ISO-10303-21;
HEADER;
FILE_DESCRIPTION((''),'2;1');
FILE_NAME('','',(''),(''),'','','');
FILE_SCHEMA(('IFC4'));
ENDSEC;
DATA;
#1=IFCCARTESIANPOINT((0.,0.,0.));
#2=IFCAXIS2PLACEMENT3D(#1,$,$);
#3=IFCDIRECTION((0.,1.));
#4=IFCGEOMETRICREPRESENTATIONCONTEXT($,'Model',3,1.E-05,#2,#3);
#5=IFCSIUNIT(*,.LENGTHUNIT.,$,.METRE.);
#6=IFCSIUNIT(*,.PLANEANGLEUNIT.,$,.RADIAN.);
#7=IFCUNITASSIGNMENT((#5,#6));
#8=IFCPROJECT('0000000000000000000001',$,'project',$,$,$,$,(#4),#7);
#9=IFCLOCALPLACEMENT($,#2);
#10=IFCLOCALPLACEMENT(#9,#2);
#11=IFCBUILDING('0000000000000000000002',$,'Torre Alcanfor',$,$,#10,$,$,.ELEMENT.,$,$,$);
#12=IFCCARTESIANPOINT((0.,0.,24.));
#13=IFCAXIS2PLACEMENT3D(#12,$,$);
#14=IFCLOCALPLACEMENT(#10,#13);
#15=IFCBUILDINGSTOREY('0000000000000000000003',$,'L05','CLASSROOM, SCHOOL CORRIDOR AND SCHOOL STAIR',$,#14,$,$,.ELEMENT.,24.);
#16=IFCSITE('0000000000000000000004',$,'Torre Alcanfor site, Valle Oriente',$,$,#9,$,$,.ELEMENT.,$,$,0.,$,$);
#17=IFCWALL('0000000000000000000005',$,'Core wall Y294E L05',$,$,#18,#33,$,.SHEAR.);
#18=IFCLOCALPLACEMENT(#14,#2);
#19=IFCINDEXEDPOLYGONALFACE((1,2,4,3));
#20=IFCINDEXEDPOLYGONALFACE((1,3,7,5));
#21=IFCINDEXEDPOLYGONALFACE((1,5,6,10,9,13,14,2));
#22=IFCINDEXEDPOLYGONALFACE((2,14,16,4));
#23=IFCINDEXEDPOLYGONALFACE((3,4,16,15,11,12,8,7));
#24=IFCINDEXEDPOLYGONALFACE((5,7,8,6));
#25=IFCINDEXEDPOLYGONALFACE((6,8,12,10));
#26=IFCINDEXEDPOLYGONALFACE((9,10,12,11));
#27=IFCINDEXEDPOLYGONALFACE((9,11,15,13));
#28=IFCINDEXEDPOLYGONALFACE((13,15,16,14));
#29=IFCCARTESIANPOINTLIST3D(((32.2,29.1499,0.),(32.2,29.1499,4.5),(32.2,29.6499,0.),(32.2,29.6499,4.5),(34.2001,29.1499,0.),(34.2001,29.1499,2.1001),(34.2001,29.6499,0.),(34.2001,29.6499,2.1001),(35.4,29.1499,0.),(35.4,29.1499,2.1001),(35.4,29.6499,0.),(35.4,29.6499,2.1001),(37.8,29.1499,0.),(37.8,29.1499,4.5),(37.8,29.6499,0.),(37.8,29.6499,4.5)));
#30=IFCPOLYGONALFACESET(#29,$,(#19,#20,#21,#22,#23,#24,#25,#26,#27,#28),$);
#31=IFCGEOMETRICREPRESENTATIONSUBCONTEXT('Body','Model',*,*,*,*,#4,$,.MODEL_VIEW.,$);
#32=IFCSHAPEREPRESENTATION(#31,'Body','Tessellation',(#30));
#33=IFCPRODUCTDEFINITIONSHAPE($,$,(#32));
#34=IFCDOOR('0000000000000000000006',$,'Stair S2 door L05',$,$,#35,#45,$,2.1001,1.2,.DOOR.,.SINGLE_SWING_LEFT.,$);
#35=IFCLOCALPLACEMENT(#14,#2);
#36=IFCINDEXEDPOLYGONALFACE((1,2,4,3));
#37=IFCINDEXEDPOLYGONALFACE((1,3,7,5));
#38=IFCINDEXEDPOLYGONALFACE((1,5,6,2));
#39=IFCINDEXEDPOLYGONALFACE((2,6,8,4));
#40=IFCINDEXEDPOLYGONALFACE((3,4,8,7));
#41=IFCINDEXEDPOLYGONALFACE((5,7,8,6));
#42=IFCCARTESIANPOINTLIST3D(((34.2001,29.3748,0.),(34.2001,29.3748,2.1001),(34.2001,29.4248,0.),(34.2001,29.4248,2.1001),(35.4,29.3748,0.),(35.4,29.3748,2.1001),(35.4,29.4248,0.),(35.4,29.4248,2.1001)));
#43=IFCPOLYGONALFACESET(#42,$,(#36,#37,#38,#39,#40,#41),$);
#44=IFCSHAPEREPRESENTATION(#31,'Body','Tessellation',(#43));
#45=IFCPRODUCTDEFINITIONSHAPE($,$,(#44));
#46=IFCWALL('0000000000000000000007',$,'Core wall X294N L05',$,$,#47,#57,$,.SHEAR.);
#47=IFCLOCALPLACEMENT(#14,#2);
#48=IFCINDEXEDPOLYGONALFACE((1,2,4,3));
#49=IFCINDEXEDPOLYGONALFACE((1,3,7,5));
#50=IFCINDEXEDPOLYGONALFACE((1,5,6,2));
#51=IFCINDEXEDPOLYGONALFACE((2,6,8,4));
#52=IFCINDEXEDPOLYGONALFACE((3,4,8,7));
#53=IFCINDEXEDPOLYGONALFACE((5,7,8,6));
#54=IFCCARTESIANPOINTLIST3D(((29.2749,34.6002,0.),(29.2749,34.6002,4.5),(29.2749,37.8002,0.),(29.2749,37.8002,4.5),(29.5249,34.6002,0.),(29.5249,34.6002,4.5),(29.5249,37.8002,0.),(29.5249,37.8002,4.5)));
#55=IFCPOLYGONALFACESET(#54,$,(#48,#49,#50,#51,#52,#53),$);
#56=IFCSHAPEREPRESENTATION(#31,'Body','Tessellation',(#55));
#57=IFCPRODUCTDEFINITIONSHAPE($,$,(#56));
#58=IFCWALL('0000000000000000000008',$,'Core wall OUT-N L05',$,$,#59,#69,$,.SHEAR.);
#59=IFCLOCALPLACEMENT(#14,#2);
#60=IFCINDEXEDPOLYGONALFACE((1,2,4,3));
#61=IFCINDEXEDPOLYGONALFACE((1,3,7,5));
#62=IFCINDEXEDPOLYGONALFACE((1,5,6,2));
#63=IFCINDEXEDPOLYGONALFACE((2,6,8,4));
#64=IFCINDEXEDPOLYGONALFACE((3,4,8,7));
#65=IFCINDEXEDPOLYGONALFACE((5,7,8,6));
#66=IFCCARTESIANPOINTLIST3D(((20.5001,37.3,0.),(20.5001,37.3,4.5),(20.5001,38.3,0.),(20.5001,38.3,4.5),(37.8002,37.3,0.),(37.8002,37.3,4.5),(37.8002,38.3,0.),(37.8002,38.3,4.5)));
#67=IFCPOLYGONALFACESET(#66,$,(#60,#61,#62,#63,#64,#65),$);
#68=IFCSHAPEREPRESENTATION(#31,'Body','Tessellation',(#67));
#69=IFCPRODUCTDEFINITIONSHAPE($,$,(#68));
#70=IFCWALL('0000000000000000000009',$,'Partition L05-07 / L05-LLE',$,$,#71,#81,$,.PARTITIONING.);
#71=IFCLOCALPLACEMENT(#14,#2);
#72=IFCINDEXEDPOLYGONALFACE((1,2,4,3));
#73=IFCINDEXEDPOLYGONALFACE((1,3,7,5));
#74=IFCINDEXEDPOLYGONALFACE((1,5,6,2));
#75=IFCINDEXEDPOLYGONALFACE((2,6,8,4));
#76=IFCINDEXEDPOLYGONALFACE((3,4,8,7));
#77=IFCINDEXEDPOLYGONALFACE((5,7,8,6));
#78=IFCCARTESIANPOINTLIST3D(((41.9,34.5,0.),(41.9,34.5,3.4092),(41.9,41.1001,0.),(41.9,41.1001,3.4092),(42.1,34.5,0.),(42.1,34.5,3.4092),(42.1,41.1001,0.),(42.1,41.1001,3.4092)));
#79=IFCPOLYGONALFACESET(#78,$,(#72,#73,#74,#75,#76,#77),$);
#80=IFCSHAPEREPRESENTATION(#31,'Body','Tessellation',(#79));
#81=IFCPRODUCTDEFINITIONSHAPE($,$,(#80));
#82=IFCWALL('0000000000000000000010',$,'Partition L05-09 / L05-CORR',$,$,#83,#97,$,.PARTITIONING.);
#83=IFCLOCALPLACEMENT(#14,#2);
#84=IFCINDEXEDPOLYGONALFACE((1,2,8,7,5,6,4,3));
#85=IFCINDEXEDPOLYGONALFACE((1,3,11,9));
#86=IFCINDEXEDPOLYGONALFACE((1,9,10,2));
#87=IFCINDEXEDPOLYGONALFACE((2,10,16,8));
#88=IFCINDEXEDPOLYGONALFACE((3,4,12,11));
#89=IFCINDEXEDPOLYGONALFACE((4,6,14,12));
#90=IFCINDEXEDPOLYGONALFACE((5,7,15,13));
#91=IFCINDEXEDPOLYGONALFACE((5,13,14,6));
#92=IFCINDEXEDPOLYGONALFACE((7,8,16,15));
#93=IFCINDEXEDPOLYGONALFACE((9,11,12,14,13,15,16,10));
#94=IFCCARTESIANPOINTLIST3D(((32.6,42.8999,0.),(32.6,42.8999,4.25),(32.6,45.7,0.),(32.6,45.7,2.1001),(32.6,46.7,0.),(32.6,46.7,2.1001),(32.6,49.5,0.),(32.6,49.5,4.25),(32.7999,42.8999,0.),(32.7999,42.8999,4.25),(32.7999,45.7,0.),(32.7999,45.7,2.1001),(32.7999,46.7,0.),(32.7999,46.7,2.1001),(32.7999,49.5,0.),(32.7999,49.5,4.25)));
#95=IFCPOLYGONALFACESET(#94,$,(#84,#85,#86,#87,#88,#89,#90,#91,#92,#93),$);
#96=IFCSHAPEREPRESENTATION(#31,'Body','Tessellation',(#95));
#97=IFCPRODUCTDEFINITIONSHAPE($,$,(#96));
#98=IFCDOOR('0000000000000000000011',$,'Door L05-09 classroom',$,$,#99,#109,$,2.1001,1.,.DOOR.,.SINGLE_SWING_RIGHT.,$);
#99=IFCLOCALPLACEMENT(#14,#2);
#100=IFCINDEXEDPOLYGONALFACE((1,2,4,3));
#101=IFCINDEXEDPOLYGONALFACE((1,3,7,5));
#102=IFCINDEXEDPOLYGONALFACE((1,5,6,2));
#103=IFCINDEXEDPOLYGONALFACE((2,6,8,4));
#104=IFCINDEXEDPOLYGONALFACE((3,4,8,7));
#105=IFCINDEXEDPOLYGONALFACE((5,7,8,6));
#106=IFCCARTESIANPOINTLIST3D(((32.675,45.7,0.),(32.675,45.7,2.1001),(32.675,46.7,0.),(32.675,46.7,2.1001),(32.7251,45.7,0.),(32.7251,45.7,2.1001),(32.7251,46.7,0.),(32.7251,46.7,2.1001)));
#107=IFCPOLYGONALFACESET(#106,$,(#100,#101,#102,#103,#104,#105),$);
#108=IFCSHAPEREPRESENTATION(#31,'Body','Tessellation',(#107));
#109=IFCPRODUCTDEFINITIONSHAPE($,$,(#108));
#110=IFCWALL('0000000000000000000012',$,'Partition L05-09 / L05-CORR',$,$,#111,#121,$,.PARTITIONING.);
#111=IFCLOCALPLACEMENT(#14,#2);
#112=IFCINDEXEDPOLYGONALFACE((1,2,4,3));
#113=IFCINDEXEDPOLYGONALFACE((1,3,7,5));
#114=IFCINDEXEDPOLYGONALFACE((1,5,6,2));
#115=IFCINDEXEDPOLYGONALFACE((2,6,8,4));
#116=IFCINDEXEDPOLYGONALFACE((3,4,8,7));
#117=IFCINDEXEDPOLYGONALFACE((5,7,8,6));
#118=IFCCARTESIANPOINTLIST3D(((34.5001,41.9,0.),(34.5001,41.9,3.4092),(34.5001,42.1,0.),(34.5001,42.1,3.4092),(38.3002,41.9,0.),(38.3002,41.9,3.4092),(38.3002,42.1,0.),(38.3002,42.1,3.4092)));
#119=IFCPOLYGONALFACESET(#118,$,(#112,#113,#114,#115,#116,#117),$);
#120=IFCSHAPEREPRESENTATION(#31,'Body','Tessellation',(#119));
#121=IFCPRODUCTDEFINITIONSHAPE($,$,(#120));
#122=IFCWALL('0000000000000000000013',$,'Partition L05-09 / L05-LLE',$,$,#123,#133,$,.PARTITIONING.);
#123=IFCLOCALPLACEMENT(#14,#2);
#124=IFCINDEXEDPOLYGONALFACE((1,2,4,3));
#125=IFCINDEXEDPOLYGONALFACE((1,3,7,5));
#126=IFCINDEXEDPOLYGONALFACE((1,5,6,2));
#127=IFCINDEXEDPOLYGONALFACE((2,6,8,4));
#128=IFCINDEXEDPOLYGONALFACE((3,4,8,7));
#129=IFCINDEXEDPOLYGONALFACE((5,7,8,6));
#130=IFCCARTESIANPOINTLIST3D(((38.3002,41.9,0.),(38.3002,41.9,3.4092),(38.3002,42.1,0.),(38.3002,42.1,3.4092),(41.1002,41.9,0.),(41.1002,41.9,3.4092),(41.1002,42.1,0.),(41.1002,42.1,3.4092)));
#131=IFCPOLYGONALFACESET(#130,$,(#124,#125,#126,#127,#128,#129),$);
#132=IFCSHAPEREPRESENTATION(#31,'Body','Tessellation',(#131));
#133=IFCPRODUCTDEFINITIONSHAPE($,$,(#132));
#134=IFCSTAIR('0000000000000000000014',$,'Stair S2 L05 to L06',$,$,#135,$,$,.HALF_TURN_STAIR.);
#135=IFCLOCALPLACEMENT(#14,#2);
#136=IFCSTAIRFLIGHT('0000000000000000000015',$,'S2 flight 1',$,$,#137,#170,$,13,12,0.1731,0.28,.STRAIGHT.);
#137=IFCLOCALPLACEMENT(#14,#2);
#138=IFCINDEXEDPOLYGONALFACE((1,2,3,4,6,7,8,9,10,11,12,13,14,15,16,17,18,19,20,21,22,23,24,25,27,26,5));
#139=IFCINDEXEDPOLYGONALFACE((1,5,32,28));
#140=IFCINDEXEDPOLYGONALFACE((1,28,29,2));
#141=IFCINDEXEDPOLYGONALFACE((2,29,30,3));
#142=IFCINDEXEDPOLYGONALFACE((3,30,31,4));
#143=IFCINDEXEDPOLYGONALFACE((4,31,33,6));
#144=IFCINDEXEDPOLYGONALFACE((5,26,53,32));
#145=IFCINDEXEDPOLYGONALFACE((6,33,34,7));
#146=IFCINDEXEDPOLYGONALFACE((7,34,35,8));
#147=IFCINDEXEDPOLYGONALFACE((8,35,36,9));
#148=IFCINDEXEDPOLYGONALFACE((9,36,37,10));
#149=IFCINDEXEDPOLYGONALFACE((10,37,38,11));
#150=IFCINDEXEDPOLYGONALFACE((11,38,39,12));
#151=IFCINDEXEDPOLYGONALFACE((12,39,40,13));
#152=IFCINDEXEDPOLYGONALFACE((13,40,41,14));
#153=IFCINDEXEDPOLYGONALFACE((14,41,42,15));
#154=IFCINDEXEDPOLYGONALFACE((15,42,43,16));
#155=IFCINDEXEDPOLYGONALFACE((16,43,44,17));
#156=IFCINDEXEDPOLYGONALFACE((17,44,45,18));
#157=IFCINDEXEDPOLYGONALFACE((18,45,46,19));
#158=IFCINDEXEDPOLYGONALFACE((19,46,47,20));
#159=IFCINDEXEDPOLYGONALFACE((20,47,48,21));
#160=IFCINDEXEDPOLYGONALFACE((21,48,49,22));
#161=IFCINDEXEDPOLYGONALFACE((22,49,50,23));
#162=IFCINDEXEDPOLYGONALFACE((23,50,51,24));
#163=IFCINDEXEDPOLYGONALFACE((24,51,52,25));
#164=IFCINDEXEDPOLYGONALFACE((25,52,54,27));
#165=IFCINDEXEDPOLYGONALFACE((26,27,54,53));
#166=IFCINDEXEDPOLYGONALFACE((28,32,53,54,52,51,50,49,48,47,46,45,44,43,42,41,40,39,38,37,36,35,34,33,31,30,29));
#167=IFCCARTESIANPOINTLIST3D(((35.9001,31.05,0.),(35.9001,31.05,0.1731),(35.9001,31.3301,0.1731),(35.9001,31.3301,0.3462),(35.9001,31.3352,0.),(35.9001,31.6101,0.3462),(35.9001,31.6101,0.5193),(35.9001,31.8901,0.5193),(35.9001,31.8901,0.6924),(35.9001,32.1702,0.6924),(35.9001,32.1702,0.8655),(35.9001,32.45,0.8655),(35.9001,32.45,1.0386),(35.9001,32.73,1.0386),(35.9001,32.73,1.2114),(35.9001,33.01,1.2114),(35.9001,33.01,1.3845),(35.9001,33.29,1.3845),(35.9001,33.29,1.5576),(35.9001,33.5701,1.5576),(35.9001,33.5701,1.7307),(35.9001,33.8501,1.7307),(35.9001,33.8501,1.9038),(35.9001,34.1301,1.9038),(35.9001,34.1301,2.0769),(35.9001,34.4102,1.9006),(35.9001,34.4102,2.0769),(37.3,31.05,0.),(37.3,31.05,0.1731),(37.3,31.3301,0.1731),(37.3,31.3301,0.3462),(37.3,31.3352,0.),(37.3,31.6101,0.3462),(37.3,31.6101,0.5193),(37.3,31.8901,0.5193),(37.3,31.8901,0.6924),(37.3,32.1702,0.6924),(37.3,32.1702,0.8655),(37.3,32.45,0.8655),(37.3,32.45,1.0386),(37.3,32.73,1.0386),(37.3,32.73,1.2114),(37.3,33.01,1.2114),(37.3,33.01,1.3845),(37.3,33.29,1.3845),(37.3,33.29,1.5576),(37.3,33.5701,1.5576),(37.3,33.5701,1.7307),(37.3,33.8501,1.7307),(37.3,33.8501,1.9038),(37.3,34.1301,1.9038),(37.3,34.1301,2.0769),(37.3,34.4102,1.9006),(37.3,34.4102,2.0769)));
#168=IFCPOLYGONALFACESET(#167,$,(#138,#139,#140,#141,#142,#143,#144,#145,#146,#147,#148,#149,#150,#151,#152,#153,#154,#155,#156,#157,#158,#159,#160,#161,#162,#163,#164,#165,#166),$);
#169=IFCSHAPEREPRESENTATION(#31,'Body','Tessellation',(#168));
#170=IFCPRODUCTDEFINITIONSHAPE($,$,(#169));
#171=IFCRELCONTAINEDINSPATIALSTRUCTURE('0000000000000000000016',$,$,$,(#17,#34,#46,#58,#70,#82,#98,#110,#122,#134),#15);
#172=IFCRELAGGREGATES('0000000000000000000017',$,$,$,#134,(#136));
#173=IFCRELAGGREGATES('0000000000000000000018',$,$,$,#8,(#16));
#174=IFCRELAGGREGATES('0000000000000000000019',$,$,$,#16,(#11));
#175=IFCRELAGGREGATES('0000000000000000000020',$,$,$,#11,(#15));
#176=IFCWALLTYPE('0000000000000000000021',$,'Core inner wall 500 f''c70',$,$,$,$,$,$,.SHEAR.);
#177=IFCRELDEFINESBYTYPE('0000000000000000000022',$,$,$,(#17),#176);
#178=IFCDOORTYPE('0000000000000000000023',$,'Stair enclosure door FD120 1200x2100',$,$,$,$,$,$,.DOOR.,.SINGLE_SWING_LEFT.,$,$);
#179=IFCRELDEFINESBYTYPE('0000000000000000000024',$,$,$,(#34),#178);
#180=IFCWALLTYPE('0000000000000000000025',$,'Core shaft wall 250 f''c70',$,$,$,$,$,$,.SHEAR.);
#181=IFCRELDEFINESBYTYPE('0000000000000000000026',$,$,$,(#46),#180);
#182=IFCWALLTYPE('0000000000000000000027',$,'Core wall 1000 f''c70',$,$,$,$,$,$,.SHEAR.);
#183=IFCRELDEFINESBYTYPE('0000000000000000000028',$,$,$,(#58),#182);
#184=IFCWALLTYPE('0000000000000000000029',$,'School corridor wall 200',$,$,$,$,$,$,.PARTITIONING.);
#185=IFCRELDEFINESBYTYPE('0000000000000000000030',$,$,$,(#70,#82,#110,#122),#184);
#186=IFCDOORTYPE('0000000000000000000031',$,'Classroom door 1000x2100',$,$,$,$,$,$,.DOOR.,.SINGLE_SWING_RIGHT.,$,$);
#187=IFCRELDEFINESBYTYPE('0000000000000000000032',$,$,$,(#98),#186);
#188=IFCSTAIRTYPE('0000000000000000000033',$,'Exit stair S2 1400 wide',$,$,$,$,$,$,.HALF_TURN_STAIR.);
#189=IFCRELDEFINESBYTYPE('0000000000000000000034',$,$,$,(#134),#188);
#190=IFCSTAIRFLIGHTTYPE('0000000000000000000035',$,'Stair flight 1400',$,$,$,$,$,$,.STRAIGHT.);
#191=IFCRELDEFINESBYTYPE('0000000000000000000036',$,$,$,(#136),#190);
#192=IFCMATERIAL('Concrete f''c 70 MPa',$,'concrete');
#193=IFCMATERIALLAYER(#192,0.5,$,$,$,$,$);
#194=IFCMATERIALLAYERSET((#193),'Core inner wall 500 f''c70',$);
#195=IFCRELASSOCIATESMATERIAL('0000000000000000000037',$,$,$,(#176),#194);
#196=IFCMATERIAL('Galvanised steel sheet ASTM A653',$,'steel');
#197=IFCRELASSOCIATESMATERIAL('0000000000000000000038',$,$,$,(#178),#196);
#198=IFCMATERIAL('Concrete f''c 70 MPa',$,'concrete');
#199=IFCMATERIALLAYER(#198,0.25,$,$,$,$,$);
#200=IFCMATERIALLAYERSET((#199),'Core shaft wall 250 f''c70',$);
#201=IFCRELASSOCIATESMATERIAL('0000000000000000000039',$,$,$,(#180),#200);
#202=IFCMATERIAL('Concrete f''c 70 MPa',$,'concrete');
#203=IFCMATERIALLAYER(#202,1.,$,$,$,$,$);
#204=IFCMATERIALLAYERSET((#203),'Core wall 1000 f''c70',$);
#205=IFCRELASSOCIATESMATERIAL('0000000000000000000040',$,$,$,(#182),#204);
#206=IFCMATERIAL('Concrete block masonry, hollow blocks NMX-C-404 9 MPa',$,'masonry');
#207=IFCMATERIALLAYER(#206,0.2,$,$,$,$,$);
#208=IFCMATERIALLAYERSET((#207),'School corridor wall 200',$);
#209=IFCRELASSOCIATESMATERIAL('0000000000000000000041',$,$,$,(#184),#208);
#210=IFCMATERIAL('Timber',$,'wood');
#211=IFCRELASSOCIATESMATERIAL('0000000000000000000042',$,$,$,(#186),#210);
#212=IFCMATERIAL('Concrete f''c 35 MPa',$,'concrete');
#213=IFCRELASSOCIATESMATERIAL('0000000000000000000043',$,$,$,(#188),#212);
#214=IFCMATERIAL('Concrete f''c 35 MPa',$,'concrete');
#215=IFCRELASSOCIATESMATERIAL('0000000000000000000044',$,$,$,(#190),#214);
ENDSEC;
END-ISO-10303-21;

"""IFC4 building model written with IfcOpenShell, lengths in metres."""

from ifc_helpers import new_model, si_unit, direction, frame, frame_2d, origin, place, context, subcontext, project, spatial, polyline, rectangle, outline, extrude, material, layer, layer_set, type_object, element, fill, aggregate, save


model = new_model("IFC4")

# Units and contexts
model_context = context("Model", 3, precision=1e-05, world=origin(), true_north=direction((0.0, 1.0)))
body_context = subcontext(model_context, "Body", "Model", "MODEL_VIEW")
ifc_project = project(units=[si_unit("LENGTHUNIT", "METRE"), si_unit("PLANEANGLEUNIT", "RADIAN")], contexts=[model_context])

# Site, building, storey
site_placement = place(None, origin())
site = spatial("IfcSite", under=ifc_project, at=site_placement, Name="Torre Alcanfor site, Valle Oriente", CompositionType="ELEMENT", RefElevation=0.0)
building_placement = place(site_placement, origin())
building = spatial("IfcBuilding", under=site, at=building_placement, Name="Torre Alcanfor", CompositionType="ELEMENT")
storey_placement = place(building_placement, frame((0.0, 0.0, 24.0)))
storey = spatial("IfcBuildingStorey", under=building, at=storey_placement, Name="L05", Description="CLASSROOM, SCHOOL CORRIDOR AND SCHOOL STAIR", CompositionType="ELEMENT", Elevation=24.0)

# Shared definitions
ifc_material_1 = material(Name="Concrete f'c 70 MPa", Category="concrete")
ifc_layer_1 = layer(ifc_material_1, 0.5)
ifc_layer_set_1 = layer_set([ifc_layer_1], Name="Core inner wall 500 f'c70")
wall_type_1 = type_object("IfcWallType", Name="Core inner wall 500 f'c70", PredefinedType="SHEAR", material=ifc_layer_set_1)

# Wall, opening, door
wall_1_placement = place(storey_placement, frame((32.2, 29.3999, 0.0), z_axis=(0.0, 0.0, 1.0), x_axis=(1.0, 0.0, 0.0)))
wall_1 = element("IfcWall", 1, at=wall_1_placement, inside=storey, type_object=wall_type_1, Name="Core wall Y294E L05", PredefinedType="SHEAR", context=body_context, shape_type="SweptSolid", body=[
    extrude(rectangle(XDim=5.6001, YDim=0.5, at=frame_2d((2.8, 0.0))), origin(), (0.0, 0.0, 1.0), 4.5),
])
opening_1_placement = place(wall_1_placement, frame((2.0, 0.0, 0.0)))
opening_1 = element("IfcOpeningElement", 2, at=opening_1_placement, cuts=wall_1, PredefinedType="OPENING", context=body_context, shape_type="SweptSolid", body=[
    extrude(rectangle(XDim=1.2, YDim=2.1001, at=frame_2d((0.6001, 1.05))), frame((0.0, 0.26, 0.0), z_axis=(0.0, -1.0, 0.0), x_axis=(1.0, 0.0, 0.0)), (0.0, 0.0, 1.0), 0.52),
])
ifc_material_2 = material(Name="Galvanised steel sheet ASTM A653", Category="steel")
door_type_1 = type_object("IfcDoorType", Name="Stair enclosure door FD120 1200x2100", OperationType="SINGLE_SWING_LEFT", PredefinedType="DOOR", material=ifc_material_2)
door_1_placement = place(opening_1_placement, origin())
door_1 = element("IfcDoor", 3, at=door_1_placement, inside=storey, type_object=door_type_1, Name="Stair S2 door L05", OperationType="SINGLE_SWING_LEFT", OverallHeight=2.1001, OverallWidth=1.2, PredefinedType="DOOR", context=body_context, shape_type="SweptSolid", body=[
    extrude(rectangle(XDim=1.2, YDim=2.1001, at=frame_2d((0.6001, 1.05))), frame((0.0, 0.0249, 0.0), z_axis=(0.0, -1.0, 0.0), x_axis=(1.0, 0.0, 0.0)), (0.0, 0.0, 1.0), 0.05),
])
fill(opening_1, door_1)

# Walls
ifc_material_3 = material(Name="Concrete f'c 70 MPa", Category="concrete")
ifc_layer_2 = layer(ifc_material_3, 0.25)
ifc_layer_set_2 = layer_set([ifc_layer_2], Name="Core shaft wall 250 f'c70")
wall_type_2 = type_object("IfcWallType", Name="Core shaft wall 250 f'c70", PredefinedType="SHEAR", material=ifc_layer_set_2)
wall_2_placement = place(storey_placement, frame((29.3999, 34.6001, 0.0), z_axis=(0.0, 0.0, 1.0), x_axis=(0.0, 1.0, 0.0)))
element("IfcWall", 4, at=wall_2_placement, inside=storey, type_object=wall_type_2, Name="Core wall X294N L05", PredefinedType="SHEAR", context=body_context, shape_type="SweptSolid", body=[
    extrude(rectangle(XDim=3.2, YDim=0.25, at=frame_2d((1.6001, 0.0))), origin(), (0.0, 0.0, 1.0), 4.5),
])
ifc_material_4 = material(Name="Concrete f'c 70 MPa", Category="concrete")
ifc_layer_3 = layer(ifc_material_4, 1.0)
ifc_layer_set_3 = layer_set([ifc_layer_3], Name="Core wall 1000 f'c70")
wall_type_3 = type_object("IfcWallType", Name="Core wall 1000 f'c70", PredefinedType="SHEAR", material=ifc_layer_set_3)
wall_3_placement = place(storey_placement, frame((37.8, 37.8, 0.0), z_axis=(0.0, 0.0, 1.0), x_axis=(-1.0, 0.0, 0.0)))
element("IfcWall", 5, at=wall_3_placement, inside=storey, type_object=wall_type_3, Name="Core wall OUT-N L05", PredefinedType="SHEAR", context=body_context, shape_type="SweptSolid", body=[
    extrude(rectangle(XDim=17.3, YDim=1.0, at=frame_2d((8.6499, 0.0))), origin(), (0.0, 0.0, 1.0), 4.5),
])
ifc_material_5 = material(Name="Concrete block masonry, hollow blocks NMX-C-404 9 MPa", Category="masonry")
ifc_layer_4 = layer(ifc_material_5, 0.2)
ifc_layer_set_4 = layer_set([ifc_layer_4], Name="School corridor wall 200")
wall_type_4 = type_object("IfcWallType", Name="School corridor wall 200", PredefinedType="PARTITIONING", material=ifc_layer_set_4)
wall_4_placement = place(storey_placement, frame((42.0, 34.5, 0.0), z_axis=(0.0, 0.0, 1.0), x_axis=(0.0, 1.0, 0.0)))
element("IfcWall", 6, at=wall_4_placement, inside=storey, type_object=wall_type_4, Name="Partition L05-07 / L05-LLE", PredefinedType="PARTITIONING", context=body_context, shape_type="SweptSolid", body=[
    extrude(rectangle(XDim=6.6001, YDim=0.2, at=frame_2d((3.3, 0.0))), origin(), (0.0, 0.0, 1.0), 3.4092),
])

# Wall, opening, door
wall_5_placement = place(storey_placement, frame((32.7, 42.8999, 0.0), z_axis=(0.0, 0.0, 1.0), x_axis=(0.0, 1.0, 0.0)))
wall_5 = element("IfcWall", 7, at=wall_5_placement, inside=storey, type_object=wall_type_4, Name="Partition L05-09 / L05-CORR", PredefinedType="PARTITIONING", context=body_context, shape_type="SweptSolid", body=[
    extrude(rectangle(XDim=6.6001, YDim=0.2, at=frame_2d((3.3, 0.0))), origin(), (0.0, 0.0, 1.0), 4.25),
])
opening_2_placement = place(wall_5_placement, frame((2.8, 0.0, 0.0)))
opening_2 = element("IfcOpeningElement", 8, at=opening_2_placement, cuts=wall_5, PredefinedType="OPENING", context=body_context, shape_type="SweptSolid", body=[
    extrude(rectangle(XDim=1.0, YDim=2.1001, at=frame_2d((0.5, 1.05))), frame((0.0, 0.1099, 0.0), z_axis=(0.0, -1.0, 0.0), x_axis=(1.0, 0.0, 0.0)), (0.0, 0.0, 1.0), 0.22),
])
ifc_material_6 = material(Name="Timber", Category="wood")
door_type_2 = type_object("IfcDoorType", Name="Classroom door 1000x2100", OperationType="SINGLE_SWING_RIGHT", PredefinedType="DOOR", material=ifc_material_6)
door_2_placement = place(opening_2_placement, frame((1.0, 0.0, 0.0), z_axis=(0.0, 0.0, 1.0), x_axis=(-1.0, 0.0, 0.0)))
door_2 = element("IfcDoor", 9, at=door_2_placement, inside=storey, type_object=door_type_2, Name="Door L05-09 classroom", OperationType="SINGLE_SWING_RIGHT", OverallHeight=2.1001, OverallWidth=1.0, PredefinedType="DOOR", context=body_context, shape_type="SweptSolid", body=[
    extrude(rectangle(XDim=1.0, YDim=2.1001, at=frame_2d((0.5, 1.05))), frame((0.0, 0.0251, 0.0), z_axis=(0.0, -1.0, 0.0), x_axis=(1.0, 0.0, 0.0)), (0.0, 0.0, 1.0), 0.05),
])
fill(opening_2, door_2)

# Walls
wall_6_placement = place(storey_placement, frame((38.3, 42.0, 0.0), z_axis=(0.0, 0.0, 1.0), x_axis=(-1.0, 0.0, 0.0)))
element("IfcWall", 10, at=wall_6_placement, inside=storey, type_object=wall_type_4, Name="Partition L05-09 / L05-CORR", PredefinedType="PARTITIONING", context=body_context, shape_type="SweptSolid", body=[
    extrude(rectangle(XDim=3.8, YDim=0.2, at=frame_2d((1.8999, 0.0))), origin(), (0.0, 0.0, 1.0), 3.4092),
])
wall_7_placement = place(storey_placement, frame((41.1001, 42.0, 0.0), z_axis=(0.0, 0.0, 1.0), x_axis=(-1.0, 0.0, 0.0)))
element("IfcWall", 11, at=wall_7_placement, inside=storey, type_object=wall_type_4, Name="Partition L05-09 / L05-LLE", PredefinedType="PARTITIONING", context=body_context, shape_type="SweptSolid", body=[
    extrude(rectangle(XDim=2.8, YDim=0.2, at=frame_2d((1.3999, 0.0))), origin(), (0.0, 0.0, 1.0), 3.4092),
])

# Stair, stair flight
ifc_material_7 = material(Name="Concrete f'c 35 MPa", Category="concrete")
stair_type = type_object("IfcStairType", Name="Exit stair S2 1400 wide", PredefinedType="HALF_TURN_STAIR", material=ifc_material_7)
stair_placement = place(storey_placement, origin())
stair = element("IfcStair", 12, at=stair_placement, inside=storey, type_object=stair_type, Name="Stair S2 L05 to L06", PredefinedType="HALF_TURN_STAIR")
ifc_material_8 = material(Name="Concrete f'c 35 MPa", Category="concrete")
stair_flight_type = type_object("IfcStairFlightType", Name="Stair flight 1400", PredefinedType="STRAIGHT", material=ifc_material_8)
stair_flight_1_placement = place(storey_placement, frame((36.6001, 31.05, 0.0), z_axis=(0.0, 0.0, 1.0), x_axis=(0.0, 1.0, 0.0)))
stair_flight_1 = element("IfcStairFlight", 13, at=stair_flight_1_placement, type_object=stair_flight_type, Name="S2 flight 1", NumberOfRisers=13, NumberOfTreads=12, PredefinedType="STRAIGHT", RiserHeight=0.1731, TreadLength=0.28, context=body_context, shape_type="SweptSolid", body=[
    extrude(outline(polyline([(0.0, 0.0), (0.0, 0.1731), (0.28, 0.1731), (0.28, 0.3462), (0.5601, 0.3462), (0.5601, 0.5193), (0.8401, 0.5193), (0.8401, 0.6924), (1.1201, 0.6924), (1.1201, 0.8655), (1.3999, 0.8655), (1.3999, 1.0386), (1.6799, 1.0386), (1.6799, 1.2114), (1.96, 1.2114), (1.96, 1.3845), (2.24, 1.3845), (2.24, 1.5576), (2.52, 1.5576), (2.52, 1.7307), (2.8, 1.7307), (2.8, 1.9038), (3.0801, 1.9038), (3.0801, 2.0769), (3.3601, 2.0769), (3.3601, 2.25), (3.3601, 1.9006), (0.2852, 0.0), (0.0, 0.0)])), frame((0.0, 0.7, 0.0), z_axis=(0.0, -1.0, 0.0), x_axis=(1.0, 0.0, 0.0)), (0.0, 0.0, 1.0), 1.3999),
])
aggregate(stair, [stair_flight_1])

save(model, "model.ifc")
